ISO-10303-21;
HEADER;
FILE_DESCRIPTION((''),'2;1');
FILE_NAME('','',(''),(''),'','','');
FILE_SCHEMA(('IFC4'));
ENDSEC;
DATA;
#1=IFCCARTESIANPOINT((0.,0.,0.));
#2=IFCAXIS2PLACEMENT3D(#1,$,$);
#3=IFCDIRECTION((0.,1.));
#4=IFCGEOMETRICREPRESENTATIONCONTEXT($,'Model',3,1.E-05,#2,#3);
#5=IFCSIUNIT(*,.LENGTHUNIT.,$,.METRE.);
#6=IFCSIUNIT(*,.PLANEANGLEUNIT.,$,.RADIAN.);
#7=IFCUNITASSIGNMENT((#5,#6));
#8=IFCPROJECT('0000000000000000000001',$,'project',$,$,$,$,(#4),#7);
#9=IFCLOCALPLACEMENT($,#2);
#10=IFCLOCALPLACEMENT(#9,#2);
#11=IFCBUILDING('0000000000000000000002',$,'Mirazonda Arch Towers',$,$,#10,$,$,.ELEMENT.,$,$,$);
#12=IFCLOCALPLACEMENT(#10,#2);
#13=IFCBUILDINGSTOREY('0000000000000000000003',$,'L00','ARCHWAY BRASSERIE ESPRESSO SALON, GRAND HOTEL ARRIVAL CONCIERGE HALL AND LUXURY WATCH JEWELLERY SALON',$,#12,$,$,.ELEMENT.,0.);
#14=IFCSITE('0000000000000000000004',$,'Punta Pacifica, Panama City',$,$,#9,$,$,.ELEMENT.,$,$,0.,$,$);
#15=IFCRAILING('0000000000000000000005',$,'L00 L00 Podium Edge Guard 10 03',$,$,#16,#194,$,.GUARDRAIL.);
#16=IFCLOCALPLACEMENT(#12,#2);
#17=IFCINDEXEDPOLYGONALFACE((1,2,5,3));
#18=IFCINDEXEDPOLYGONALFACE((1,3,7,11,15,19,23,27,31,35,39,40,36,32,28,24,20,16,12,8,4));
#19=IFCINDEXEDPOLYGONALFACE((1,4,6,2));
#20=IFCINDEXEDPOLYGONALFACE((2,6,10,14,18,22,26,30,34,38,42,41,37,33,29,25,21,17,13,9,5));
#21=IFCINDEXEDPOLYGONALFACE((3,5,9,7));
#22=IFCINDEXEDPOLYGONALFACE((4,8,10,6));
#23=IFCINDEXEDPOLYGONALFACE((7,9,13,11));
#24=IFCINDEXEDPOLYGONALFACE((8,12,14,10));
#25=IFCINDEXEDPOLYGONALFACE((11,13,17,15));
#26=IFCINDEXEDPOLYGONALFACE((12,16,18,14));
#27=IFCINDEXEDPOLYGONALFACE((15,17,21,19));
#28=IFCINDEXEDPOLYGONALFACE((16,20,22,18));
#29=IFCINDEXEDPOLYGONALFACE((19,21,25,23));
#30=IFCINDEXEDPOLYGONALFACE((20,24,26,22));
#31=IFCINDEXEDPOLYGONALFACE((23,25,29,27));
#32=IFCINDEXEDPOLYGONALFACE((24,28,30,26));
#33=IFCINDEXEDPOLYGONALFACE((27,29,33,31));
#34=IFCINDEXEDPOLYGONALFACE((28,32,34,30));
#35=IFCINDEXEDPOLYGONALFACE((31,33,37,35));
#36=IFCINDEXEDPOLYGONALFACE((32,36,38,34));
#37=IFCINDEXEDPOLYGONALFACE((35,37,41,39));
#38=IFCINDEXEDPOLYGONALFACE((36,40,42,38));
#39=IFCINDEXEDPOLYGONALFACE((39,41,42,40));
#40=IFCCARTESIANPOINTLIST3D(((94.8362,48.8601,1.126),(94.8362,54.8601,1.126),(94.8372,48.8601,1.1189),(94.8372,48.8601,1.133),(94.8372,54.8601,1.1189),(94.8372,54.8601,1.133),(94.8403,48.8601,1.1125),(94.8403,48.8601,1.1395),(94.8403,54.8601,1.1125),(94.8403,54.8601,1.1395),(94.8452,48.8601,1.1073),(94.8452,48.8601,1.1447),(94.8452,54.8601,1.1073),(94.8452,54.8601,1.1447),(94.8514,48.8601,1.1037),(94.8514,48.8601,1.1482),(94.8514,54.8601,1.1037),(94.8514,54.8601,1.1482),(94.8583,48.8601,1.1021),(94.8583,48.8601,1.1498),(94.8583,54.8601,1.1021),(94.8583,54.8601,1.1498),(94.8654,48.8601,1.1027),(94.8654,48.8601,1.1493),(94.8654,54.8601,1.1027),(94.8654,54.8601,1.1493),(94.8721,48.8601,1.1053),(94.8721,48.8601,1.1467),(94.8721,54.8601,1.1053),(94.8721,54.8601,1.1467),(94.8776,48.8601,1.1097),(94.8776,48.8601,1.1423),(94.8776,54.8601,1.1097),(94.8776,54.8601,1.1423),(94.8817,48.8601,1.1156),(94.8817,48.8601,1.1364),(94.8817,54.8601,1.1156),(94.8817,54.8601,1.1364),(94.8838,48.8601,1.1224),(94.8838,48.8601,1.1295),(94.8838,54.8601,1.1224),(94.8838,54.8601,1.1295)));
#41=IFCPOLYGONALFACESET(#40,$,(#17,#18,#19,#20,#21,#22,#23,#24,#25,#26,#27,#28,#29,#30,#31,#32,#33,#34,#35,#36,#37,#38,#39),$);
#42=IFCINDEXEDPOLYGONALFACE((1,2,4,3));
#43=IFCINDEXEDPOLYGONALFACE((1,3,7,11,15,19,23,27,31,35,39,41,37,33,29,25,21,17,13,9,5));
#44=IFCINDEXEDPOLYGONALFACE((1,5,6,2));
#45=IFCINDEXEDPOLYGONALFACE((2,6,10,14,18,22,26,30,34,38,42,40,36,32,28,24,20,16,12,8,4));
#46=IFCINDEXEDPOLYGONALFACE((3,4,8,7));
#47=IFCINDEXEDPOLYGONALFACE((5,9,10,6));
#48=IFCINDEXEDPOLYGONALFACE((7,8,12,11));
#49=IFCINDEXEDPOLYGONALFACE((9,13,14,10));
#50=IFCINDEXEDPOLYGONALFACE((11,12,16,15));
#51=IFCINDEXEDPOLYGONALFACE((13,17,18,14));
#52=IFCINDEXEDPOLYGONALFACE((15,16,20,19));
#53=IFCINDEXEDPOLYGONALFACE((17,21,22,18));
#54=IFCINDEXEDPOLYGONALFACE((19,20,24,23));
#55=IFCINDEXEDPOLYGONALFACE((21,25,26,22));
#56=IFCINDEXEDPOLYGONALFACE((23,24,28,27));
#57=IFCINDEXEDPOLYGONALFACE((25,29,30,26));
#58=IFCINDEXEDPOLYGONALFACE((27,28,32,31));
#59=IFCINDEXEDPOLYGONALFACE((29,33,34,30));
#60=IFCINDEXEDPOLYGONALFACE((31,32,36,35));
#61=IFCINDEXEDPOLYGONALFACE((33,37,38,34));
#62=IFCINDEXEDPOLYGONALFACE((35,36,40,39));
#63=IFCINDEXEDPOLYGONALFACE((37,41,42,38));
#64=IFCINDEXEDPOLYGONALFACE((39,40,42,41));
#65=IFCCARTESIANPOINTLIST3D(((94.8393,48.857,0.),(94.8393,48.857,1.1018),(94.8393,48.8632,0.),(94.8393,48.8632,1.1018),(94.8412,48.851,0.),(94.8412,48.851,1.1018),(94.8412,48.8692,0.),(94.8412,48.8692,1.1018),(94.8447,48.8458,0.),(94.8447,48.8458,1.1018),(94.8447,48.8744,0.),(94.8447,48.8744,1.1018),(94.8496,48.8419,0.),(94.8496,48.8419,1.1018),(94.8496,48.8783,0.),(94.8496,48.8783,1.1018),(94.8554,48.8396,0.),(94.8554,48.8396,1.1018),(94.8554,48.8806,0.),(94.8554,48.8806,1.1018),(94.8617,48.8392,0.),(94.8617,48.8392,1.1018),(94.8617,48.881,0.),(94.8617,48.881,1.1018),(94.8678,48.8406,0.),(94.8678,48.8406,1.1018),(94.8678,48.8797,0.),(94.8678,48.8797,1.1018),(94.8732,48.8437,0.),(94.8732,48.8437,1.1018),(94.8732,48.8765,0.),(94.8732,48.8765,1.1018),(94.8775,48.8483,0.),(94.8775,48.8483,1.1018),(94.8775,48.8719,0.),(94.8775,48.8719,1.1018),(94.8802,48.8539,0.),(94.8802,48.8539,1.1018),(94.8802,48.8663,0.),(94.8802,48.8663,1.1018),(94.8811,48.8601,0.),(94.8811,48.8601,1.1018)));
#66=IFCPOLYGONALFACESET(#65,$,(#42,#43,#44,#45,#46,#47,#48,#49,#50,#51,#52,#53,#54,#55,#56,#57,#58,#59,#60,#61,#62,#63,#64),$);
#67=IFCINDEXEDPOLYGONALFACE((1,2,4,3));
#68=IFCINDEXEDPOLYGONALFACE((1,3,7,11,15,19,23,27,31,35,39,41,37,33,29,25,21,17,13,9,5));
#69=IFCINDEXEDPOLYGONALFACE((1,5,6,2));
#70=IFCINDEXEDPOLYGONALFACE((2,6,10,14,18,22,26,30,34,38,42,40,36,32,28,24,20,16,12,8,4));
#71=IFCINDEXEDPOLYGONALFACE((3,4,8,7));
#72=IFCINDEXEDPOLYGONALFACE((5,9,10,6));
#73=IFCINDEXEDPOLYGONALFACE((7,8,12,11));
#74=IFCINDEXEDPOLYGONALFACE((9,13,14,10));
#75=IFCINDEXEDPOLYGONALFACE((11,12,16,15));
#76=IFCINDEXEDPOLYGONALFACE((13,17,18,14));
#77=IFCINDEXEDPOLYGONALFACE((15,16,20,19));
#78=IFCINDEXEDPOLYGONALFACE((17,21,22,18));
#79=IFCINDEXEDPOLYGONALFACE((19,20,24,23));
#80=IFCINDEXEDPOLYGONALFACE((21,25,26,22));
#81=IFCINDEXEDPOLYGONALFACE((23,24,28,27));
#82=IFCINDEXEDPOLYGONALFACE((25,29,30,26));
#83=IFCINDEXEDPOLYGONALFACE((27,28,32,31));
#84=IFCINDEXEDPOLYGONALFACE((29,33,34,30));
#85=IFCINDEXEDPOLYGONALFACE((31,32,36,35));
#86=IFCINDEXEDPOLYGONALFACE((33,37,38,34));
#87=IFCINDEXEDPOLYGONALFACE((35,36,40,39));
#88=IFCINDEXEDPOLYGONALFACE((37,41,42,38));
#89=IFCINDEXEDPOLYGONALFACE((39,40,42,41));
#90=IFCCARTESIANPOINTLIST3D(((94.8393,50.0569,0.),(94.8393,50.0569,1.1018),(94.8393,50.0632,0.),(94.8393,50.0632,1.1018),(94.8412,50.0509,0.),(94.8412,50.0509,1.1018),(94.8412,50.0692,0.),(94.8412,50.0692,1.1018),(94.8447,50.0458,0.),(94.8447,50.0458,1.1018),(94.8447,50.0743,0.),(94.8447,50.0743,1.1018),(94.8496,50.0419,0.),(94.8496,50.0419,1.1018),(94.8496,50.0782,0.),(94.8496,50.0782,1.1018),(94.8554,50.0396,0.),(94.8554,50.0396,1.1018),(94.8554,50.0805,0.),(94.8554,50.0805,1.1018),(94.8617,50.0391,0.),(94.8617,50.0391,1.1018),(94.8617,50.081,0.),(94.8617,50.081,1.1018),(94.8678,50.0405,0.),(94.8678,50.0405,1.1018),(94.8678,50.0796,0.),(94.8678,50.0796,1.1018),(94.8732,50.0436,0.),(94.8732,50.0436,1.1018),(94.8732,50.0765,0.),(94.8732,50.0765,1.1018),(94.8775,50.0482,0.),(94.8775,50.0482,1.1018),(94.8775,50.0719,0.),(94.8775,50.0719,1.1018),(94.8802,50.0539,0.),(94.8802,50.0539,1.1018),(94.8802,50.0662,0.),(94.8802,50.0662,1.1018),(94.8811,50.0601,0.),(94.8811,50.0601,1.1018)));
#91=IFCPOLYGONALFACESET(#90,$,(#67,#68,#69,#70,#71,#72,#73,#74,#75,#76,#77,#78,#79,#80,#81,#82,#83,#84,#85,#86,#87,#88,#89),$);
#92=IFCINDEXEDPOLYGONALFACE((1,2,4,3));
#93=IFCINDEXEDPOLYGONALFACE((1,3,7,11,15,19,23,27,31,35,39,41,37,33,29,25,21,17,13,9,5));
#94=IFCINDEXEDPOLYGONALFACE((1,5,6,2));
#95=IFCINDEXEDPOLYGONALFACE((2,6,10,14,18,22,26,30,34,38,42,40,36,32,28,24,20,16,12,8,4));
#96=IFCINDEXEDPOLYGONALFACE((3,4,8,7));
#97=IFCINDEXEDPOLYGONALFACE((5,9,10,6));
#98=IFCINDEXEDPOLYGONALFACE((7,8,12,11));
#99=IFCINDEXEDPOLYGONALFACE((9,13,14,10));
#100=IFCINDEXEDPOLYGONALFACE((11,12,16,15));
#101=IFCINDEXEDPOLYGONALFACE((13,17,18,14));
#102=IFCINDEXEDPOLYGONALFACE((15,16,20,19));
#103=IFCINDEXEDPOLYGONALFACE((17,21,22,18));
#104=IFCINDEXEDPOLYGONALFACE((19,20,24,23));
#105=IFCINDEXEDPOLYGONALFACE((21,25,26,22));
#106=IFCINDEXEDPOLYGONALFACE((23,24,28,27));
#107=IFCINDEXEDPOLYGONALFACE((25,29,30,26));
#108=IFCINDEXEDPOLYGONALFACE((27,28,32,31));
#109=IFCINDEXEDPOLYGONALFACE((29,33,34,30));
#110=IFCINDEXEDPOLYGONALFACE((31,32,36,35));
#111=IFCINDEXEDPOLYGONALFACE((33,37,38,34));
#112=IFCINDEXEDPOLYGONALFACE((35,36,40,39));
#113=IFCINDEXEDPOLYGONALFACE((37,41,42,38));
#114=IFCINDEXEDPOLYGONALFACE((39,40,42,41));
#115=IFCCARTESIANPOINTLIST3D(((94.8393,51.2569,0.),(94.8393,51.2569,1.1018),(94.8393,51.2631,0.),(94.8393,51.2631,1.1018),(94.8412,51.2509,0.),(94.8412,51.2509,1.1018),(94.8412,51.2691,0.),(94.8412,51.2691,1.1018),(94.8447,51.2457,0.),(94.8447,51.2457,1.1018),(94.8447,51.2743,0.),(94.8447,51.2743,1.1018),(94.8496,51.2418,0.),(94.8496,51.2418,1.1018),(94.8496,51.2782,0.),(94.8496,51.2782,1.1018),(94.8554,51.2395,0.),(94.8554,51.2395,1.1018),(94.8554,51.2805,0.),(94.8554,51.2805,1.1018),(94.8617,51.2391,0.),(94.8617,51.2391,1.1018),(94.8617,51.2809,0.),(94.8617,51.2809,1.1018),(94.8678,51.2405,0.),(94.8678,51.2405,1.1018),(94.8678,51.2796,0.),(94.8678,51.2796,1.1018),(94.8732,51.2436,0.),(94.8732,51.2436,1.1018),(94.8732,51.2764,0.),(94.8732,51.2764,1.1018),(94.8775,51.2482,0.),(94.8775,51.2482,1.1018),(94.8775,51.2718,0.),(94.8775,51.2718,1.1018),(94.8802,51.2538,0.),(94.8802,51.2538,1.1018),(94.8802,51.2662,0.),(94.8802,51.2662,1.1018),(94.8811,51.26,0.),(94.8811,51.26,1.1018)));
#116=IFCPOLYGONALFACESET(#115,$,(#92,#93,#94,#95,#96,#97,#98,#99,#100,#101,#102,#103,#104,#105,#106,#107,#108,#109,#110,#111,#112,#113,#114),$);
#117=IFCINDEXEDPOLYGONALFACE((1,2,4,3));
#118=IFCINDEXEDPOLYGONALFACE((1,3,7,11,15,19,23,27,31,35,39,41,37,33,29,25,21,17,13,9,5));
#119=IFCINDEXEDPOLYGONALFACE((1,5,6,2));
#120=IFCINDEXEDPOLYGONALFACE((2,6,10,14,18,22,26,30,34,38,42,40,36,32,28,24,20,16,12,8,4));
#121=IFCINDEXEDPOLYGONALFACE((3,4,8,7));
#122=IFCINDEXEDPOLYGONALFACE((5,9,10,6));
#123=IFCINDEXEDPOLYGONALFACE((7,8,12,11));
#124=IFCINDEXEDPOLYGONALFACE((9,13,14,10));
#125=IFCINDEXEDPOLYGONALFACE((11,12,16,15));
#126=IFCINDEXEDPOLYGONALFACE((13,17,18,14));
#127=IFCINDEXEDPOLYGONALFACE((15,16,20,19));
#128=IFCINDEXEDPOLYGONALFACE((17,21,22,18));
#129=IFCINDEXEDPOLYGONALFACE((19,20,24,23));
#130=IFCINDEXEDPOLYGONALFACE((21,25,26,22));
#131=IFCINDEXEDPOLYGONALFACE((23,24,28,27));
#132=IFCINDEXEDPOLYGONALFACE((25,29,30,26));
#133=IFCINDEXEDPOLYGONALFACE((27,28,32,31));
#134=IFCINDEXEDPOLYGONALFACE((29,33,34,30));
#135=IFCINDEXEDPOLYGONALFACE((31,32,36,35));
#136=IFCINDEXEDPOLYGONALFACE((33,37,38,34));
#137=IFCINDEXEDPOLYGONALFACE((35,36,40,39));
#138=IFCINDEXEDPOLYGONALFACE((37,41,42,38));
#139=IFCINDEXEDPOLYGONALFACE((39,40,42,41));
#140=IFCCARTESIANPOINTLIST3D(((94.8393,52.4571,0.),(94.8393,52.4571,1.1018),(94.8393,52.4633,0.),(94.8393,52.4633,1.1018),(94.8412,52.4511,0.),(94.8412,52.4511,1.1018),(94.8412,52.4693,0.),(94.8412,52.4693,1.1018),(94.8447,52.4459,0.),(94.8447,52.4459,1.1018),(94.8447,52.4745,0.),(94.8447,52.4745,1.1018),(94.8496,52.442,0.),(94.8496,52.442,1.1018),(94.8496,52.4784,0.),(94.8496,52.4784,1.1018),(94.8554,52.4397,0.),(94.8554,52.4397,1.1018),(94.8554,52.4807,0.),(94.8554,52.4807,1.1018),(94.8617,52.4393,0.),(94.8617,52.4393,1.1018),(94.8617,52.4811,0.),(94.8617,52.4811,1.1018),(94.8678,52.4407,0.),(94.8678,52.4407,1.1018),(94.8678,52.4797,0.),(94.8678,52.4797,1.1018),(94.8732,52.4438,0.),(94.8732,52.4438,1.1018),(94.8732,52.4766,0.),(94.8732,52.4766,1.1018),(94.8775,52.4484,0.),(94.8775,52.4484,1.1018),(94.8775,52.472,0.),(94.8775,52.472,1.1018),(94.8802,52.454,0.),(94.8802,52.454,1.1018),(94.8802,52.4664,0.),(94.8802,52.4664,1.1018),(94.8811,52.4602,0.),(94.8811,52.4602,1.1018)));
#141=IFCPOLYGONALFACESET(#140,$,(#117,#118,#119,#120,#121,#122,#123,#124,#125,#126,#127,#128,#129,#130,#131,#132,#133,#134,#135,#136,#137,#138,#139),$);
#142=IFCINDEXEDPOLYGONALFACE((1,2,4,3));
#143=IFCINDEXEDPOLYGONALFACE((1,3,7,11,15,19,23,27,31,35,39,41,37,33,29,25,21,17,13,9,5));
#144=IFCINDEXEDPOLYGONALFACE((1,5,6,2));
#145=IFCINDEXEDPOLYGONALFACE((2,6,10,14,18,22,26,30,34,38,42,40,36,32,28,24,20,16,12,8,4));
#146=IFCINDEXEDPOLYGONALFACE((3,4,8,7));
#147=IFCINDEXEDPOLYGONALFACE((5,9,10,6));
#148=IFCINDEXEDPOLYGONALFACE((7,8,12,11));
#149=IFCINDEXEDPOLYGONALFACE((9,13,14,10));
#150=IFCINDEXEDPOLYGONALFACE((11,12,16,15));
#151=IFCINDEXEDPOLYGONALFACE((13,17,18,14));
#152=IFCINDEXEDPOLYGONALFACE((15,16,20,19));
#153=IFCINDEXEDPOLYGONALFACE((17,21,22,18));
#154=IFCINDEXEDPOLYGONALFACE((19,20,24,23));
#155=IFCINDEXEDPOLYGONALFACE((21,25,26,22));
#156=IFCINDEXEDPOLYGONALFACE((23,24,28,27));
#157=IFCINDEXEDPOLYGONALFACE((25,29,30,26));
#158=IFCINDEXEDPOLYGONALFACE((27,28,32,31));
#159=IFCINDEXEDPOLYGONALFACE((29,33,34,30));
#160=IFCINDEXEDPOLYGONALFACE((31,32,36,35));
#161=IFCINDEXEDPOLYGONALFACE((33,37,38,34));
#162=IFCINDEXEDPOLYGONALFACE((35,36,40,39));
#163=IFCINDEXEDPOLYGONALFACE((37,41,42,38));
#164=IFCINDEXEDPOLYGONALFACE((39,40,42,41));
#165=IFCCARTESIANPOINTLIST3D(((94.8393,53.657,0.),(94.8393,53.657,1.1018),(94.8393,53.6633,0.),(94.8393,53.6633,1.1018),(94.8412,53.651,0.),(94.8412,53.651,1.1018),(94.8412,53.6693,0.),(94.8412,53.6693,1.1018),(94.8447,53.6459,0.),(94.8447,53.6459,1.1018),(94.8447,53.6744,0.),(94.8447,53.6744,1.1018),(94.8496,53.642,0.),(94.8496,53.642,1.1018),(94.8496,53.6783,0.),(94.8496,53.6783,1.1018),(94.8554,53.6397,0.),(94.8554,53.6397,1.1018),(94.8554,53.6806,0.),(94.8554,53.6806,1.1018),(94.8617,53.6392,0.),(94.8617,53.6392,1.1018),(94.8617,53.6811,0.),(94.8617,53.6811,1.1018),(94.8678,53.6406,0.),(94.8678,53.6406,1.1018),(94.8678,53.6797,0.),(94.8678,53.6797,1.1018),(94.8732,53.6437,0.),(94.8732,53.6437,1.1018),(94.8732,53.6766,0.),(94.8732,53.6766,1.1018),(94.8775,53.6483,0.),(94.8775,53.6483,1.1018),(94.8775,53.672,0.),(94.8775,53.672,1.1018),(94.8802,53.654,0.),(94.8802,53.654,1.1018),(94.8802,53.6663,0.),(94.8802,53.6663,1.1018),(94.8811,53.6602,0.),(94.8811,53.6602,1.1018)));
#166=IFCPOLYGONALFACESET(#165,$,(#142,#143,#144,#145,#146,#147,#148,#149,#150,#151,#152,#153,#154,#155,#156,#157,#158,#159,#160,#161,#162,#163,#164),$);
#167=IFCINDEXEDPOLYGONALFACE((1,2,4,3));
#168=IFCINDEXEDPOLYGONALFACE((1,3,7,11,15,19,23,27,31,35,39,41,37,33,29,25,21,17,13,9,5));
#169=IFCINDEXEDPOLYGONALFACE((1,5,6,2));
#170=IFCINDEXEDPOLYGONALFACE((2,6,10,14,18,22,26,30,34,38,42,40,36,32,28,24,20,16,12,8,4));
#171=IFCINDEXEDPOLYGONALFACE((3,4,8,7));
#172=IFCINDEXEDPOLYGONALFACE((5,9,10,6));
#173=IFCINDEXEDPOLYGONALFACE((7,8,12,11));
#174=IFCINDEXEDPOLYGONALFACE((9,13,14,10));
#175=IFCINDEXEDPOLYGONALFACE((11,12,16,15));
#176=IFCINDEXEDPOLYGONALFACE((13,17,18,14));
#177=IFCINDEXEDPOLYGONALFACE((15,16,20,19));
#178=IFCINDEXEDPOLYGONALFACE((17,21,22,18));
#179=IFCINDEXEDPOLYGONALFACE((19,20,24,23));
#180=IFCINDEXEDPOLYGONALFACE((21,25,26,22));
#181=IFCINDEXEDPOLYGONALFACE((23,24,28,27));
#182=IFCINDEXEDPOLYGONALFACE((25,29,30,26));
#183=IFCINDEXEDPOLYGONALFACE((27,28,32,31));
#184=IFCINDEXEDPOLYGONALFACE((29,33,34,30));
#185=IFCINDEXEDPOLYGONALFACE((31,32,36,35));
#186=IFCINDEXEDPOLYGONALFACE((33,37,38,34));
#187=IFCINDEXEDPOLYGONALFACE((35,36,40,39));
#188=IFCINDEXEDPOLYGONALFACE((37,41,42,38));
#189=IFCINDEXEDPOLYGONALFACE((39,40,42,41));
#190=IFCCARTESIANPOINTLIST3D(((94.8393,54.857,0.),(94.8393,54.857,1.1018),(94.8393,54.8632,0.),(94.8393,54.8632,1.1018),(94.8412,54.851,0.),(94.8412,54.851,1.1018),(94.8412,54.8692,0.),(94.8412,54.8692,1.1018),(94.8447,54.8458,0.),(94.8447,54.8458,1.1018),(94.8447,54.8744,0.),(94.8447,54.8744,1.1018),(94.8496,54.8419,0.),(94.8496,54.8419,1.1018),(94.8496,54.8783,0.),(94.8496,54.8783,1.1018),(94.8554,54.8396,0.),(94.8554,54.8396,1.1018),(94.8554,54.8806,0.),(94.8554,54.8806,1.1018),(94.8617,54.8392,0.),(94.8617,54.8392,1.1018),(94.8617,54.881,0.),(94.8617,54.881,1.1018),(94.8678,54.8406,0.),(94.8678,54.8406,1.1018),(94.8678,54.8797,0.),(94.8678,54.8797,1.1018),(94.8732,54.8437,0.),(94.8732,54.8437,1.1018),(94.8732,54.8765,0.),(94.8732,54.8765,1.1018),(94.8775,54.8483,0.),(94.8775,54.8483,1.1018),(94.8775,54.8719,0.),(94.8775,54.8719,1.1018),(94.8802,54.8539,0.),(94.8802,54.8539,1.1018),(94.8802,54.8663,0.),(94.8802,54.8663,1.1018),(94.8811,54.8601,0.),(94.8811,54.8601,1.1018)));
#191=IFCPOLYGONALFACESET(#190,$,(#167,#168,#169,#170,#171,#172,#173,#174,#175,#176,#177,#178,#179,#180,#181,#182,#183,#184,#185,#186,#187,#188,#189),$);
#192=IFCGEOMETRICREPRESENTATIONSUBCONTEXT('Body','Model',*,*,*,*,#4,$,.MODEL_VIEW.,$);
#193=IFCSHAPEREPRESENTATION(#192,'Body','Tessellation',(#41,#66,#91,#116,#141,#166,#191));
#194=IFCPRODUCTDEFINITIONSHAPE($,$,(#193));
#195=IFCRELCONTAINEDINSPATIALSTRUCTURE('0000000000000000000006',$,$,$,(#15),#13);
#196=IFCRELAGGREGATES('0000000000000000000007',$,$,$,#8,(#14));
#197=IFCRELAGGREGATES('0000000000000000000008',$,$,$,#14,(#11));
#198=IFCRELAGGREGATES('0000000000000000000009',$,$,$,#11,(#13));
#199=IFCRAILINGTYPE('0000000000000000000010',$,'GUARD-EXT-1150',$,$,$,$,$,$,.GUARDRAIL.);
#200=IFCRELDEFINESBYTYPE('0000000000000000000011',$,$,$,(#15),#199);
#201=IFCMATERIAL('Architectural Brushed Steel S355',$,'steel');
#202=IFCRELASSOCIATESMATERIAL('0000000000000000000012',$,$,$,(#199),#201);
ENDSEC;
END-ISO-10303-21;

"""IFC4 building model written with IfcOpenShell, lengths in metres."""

from ifc_helpers import new_model, si_unit, direction, frame, origin, origin_2d, place, context, subcontext, project, spatial, circle, extrude, material, type_object, element, save


model = new_model("IFC4")

# Units and contexts
model_context = context("Model", 3, precision=1e-05, world=origin(), true_north=direction((0.0, 1.0)))
body_context = subcontext(model_context, "Body", "Model", "MODEL_VIEW")
ifc_project = project(units=[si_unit("LENGTHUNIT", "METRE"), si_unit("PLANEANGLEUNIT", "RADIAN")], contexts=[model_context])

# Site, building, storey
site_placement = place(None, origin())
site = spatial("IfcSite", under=ifc_project, at=site_placement, Name="Punta Pacifica, Panama City", CompositionType="ELEMENT", RefElevation=0.0)
building_placement = place(site_placement, origin())
building = spatial("IfcBuilding", under=site, at=building_placement, Name="Mirazonda Arch Towers", CompositionType="ELEMENT")
storey_placement = place(building_placement, origin())
storey = spatial("IfcBuildingStorey", under=building, at=storey_placement, Name="L00", Description="ARCHWAY BRASSERIE ESPRESSO SALON, GRAND HOTEL ARRIVAL CONCIERGE HALL AND LUXURY WATCH JEWELLERY SALON", CompositionType="ELEMENT", Elevation=0.0)

# Shared definitions
ifc_material_1 = material(Name="Architectural Brushed Steel S355", Category="steel")

# Railing
railing_type_1 = type_object("IfcRailingType", Name="GUARD-EXT-1150", PredefinedType="GUARDRAIL", material=ifc_material_1)
railing_1_placement = place(storey_placement, frame((94.8601, 48.8601, 0.0)))
element("IfcRailing", 1, at=railing_1_placement, inside=storey, type_object=railing_type_1, Name="L00 L00 Podium Edge Guard 10 03", PredefinedType="GUARDRAIL", context=body_context, shape_type="SweptSolid", body=[
    extrude(circle(Radius=0.0239, at=origin_2d()), frame((0.0, 0.0, 1.126), z_axis=(0.0, 1.0, 0.0), x_axis=(-1.0, 0.0, 0.0)), (0.0, 0.0, 1.0), 6.0),
    extrude(circle(Radius=0.021, at=origin_2d()), origin(), (0.0, 0.0, 1.0), 1.1018),
    extrude(circle(Radius=0.021, at=origin_2d()), frame((0.0, 1.2, 0.0)), (0.0, 0.0, 1.0), 1.1018),
    extrude(circle(Radius=0.021, at=origin_2d()), frame((0.0, 2.3999, 0.0)), (0.0, 0.0, 1.0), 1.1018),
    extrude(circle(Radius=0.021, at=origin_2d()), frame((0.0, 3.6001, 0.0)), (0.0, 0.0, 1.0), 1.1018),
    extrude(circle(Radius=0.021, at=origin_2d()), frame((0.0, 4.8, 0.0)), (0.0, 0.0, 1.0), 1.1018),
    extrude(circle(Radius=0.021, at=origin_2d()), frame((0.0, 6.0, 0.0)), (0.0, 0.0, 1.0), 1.1018),
])

save(model, "model.ifc")
